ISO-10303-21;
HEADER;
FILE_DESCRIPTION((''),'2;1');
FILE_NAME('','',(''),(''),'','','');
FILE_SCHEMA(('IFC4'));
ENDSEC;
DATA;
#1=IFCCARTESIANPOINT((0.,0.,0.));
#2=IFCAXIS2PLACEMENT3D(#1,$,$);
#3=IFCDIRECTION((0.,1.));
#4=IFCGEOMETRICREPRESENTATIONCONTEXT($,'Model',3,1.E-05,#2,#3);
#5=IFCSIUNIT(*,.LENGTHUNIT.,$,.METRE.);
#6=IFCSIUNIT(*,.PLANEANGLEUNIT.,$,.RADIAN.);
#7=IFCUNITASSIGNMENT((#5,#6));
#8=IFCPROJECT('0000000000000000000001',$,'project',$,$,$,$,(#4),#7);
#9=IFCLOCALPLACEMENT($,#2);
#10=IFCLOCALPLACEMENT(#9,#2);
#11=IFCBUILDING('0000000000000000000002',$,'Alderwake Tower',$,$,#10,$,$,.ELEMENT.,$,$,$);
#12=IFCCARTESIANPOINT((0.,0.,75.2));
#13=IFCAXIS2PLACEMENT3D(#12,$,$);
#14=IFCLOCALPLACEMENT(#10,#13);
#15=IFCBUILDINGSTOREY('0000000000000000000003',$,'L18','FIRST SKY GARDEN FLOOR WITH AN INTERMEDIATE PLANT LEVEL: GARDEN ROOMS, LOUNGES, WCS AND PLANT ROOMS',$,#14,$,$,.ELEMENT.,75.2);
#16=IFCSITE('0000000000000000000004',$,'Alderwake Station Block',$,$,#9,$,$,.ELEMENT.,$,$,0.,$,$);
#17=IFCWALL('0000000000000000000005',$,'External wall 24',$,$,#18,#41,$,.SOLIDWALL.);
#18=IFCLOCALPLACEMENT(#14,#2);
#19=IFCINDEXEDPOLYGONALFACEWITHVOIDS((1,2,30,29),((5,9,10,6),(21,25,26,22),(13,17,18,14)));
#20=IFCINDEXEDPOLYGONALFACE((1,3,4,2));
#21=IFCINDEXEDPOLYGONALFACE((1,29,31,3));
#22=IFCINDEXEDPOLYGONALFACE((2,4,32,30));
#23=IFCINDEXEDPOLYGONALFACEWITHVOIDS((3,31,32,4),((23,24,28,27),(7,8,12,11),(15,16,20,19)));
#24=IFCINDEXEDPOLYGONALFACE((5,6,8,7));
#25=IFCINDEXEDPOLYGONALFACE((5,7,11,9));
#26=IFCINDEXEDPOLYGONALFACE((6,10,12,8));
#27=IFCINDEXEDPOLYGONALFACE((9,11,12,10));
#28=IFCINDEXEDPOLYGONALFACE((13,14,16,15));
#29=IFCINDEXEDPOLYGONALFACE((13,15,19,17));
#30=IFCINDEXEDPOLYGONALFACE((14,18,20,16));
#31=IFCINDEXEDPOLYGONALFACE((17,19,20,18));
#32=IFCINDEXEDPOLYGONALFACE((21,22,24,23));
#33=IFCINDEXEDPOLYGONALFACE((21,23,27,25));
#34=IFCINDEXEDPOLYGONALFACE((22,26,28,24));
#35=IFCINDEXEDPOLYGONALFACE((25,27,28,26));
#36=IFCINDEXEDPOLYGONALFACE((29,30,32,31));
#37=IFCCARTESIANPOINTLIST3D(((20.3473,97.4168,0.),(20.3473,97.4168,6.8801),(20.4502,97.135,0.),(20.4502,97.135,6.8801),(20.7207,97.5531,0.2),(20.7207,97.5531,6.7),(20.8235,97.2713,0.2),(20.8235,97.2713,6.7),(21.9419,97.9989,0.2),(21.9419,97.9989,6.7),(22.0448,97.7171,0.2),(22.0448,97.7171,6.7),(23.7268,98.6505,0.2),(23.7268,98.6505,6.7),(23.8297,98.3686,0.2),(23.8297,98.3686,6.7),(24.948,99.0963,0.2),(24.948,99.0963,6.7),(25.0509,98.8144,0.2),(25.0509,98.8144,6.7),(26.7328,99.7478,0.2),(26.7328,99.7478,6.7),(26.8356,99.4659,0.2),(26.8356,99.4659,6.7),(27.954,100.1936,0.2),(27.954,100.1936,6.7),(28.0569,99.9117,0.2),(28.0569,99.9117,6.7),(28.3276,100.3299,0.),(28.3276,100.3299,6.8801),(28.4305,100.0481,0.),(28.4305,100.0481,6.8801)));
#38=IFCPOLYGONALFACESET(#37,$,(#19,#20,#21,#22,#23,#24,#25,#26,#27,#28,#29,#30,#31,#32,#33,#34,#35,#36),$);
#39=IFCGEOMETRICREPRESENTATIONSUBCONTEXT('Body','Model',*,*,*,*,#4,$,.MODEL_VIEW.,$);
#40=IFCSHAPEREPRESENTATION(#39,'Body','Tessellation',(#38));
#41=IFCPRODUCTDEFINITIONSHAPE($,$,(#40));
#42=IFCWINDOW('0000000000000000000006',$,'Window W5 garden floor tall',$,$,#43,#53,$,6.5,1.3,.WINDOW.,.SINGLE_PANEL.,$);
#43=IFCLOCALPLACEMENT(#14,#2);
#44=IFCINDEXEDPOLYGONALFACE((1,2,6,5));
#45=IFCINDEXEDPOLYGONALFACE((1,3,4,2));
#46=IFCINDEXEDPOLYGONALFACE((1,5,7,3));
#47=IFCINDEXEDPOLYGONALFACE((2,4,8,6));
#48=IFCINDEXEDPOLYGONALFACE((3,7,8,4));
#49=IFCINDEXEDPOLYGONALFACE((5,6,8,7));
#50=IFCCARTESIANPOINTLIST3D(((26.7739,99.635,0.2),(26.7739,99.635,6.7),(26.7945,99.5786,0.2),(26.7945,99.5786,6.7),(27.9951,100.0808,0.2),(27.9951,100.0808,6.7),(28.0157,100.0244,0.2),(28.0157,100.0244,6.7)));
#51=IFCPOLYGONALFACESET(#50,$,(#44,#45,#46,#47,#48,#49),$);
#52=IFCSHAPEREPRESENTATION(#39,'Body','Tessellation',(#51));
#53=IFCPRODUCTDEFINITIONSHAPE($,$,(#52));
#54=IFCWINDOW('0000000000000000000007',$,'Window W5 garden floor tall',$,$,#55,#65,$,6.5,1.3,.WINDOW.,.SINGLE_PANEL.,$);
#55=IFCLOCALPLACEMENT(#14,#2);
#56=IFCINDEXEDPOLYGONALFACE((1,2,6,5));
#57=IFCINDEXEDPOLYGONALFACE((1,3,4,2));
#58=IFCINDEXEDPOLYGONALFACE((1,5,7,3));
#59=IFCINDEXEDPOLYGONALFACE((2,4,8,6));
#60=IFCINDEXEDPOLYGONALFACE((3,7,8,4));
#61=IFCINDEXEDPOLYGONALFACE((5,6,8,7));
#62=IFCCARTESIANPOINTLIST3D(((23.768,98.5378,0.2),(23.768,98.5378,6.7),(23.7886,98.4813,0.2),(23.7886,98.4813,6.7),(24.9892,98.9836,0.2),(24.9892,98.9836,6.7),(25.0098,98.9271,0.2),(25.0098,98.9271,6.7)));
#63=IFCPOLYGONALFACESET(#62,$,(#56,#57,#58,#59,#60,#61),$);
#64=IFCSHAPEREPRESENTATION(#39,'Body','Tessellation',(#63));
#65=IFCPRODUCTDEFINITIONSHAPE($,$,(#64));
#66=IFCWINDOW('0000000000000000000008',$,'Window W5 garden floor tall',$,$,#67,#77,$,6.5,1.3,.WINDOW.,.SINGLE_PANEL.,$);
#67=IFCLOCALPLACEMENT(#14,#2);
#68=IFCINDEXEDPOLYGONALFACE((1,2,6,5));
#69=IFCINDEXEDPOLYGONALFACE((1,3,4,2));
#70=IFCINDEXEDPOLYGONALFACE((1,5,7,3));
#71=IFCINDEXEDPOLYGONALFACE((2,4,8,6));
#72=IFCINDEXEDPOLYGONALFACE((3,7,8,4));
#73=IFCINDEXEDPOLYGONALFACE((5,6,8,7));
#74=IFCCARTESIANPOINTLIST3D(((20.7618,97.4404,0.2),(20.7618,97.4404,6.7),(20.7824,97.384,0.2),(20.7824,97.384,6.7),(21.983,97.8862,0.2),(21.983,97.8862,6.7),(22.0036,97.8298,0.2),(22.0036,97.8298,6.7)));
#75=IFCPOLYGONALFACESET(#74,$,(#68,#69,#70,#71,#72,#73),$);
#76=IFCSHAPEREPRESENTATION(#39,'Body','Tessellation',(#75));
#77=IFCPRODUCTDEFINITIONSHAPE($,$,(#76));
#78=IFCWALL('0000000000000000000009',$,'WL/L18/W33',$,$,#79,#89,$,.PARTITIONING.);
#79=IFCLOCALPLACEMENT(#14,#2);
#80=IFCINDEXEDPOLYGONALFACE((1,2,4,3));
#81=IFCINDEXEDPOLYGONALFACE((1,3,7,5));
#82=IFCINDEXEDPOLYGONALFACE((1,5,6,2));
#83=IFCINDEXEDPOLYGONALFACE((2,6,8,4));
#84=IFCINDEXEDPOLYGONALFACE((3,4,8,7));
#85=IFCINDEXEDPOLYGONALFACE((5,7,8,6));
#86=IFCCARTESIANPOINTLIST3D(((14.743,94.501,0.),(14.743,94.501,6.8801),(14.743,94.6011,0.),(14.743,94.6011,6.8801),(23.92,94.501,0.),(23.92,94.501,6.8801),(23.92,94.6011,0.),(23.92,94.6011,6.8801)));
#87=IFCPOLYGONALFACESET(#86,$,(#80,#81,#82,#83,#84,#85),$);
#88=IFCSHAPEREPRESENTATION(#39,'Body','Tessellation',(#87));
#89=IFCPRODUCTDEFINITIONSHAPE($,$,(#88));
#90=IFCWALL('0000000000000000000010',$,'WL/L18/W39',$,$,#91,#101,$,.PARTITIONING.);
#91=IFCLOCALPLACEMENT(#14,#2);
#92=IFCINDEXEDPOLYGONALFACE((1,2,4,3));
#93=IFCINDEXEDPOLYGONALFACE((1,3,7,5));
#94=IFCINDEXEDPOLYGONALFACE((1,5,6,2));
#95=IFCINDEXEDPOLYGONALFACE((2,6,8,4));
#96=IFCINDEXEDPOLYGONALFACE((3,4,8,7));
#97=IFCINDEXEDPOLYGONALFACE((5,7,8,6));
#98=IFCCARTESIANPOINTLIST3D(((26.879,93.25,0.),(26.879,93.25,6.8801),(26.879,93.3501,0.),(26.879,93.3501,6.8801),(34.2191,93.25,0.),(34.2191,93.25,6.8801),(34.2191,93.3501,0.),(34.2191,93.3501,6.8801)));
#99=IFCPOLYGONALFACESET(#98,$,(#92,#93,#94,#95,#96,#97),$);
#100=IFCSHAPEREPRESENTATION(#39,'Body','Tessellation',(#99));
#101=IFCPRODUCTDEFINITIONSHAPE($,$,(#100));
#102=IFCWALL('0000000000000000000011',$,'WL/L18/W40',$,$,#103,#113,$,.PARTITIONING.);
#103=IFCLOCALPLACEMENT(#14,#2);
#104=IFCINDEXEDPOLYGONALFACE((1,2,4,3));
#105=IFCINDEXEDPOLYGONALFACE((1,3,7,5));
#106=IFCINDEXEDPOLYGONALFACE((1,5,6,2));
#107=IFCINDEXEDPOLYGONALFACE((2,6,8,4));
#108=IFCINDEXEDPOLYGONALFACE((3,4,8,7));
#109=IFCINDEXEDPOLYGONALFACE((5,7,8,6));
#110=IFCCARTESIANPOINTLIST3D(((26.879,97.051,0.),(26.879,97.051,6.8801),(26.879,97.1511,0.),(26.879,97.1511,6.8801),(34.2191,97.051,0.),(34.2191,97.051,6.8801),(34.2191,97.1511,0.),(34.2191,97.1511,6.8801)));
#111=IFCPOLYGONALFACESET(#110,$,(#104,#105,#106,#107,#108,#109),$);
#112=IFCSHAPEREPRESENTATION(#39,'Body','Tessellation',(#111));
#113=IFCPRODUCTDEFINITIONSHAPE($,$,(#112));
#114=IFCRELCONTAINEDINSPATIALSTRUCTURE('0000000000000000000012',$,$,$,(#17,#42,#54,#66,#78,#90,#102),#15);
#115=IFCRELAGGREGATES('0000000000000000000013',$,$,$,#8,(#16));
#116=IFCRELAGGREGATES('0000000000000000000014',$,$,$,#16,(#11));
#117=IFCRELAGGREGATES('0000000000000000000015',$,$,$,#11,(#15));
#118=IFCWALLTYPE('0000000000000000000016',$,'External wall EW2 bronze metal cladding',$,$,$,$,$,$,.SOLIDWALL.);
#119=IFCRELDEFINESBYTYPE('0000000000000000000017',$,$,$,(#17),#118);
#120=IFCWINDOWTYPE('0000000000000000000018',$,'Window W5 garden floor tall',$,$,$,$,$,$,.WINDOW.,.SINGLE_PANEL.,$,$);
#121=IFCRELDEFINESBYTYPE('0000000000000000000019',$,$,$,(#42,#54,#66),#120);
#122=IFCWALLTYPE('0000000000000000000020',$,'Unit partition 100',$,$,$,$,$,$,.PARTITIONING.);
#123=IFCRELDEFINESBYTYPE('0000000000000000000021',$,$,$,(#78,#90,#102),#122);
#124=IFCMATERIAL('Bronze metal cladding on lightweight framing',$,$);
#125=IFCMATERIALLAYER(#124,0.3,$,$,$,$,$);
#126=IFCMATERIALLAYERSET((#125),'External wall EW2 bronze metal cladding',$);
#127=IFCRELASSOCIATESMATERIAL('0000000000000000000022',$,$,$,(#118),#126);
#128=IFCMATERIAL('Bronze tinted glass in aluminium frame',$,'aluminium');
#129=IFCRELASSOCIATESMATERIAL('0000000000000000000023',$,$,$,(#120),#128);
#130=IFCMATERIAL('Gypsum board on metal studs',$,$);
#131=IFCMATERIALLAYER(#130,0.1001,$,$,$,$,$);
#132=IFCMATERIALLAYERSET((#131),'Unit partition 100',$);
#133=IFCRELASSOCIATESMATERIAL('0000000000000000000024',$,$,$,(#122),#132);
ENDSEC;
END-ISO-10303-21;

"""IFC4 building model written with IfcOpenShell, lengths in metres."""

from ifc_helpers import new_model, si_unit, direction, frame, frame_2d, origin, place, context, subcontext, project, spatial, rectangle, extrude, material, layer, layer_set, type_object, element, fill, save


model = new_model("IFC4")

# Units and contexts
model_context = context("Model", 3, precision=1e-05, world=origin(), true_north=direction((0.0, 1.0)))
body_context = subcontext(model_context, "Body", "Model", "MODEL_VIEW")
ifc_project = project(units=[si_unit("LENGTHUNIT", "METRE"), si_unit("PLANEANGLEUNIT", "RADIAN")], contexts=[model_context])

# Site, building, storey
site_placement = place(None, origin())
site = spatial("IfcSite", under=ifc_project, at=site_placement, Name="Alderwake Station Block", CompositionType="ELEMENT", RefElevation=0.0)
building_placement = place(site_placement, origin())
building = spatial("IfcBuilding", under=site, at=building_placement, Name="Alderwake Tower", CompositionType="ELEMENT")
storey_placement = place(building_placement, frame((0.0, 0.0, 75.2)))
storey = spatial("IfcBuildingStorey", under=building, at=storey_placement, Name="L18", Description="FIRST SKY GARDEN FLOOR WITH AN INTERMEDIATE PLANT LEVEL: GARDEN ROOMS, LOUNGES, WCS AND PLANT ROOMS", CompositionType="ELEMENT", Elevation=75.2)

# Wall, openings, windows
ifc_material_1 = material(Name="Bronze metal cladding on lightweight framing")
ifc_layer_1 = layer(ifc_material_1, 0.3)
ifc_layer_set_1 = layer_set([ifc_layer_1], Name="External wall EW2 bronze metal cladding")
wall_type_1 = type_object("IfcWallType", Name="External wall EW2 bronze metal cladding", PredefinedType="SOLIDWALL", material=ifc_layer_set_1)
ifc_material_2 = material(Name="Bronze tinted glass in aluminium frame", Category="aluminium")
window_type = type_object("IfcWindowType", Name="Window W5 garden floor tall", PartitioningType="SINGLE_PANEL", PredefinedType="WINDOW", material=ifc_material_2)
wall_1_placement = place(storey_placement, frame((28.3789, 100.189, 0.0), z_axis=(0.0, 0.0, 1.0), x_axis=(-0.93937, -0.342906, 0.0)))
wall_1 = element("IfcWall", 1, at=wall_1_placement, inside=storey, type_object=wall_type_1, Name="External wall 24", PredefinedType="SOLIDWALL", context=body_context, shape_type="SweptSolid", body=[
    extrude(rectangle(XDim=8.4954, YDim=0.3, at=frame_2d((4.2476, 0.0))), origin(), (0.0, 0.0, 1.0), 6.8801),
])
opening_1_placement = place(wall_1_placement, frame((0.3977, 0.0, 0.2)))
opening_1 = element("IfcOpeningElement", 2, at=opening_1_placement, cuts=wall_1, PredefinedType="OPENING", context=body_context, shape_type="SweptSolid", body=[
    extrude(rectangle(XDim=1.3, YDim=6.5, at=frame_2d((0.6499, 3.25))), frame((0.0, 0.1599, 0.0), z_axis=(0.0, -1.0, 0.0), x_axis=(1.0, 0.0, 0.0)), (0.0, 0.0, 1.0), 0.3201),
])
opening_2_placement = place(wall_1_placement, frame((3.5977, 0.0, 0.2)))
opening_2 = element("IfcOpeningElement", 3, at=opening_2_placement, cuts=wall_1, PredefinedType="OPENING", context=body_context, shape_type="SweptSolid", body=[
    extrude(rectangle(XDim=1.3, YDim=6.5, at=frame_2d((0.6499, 3.25))), frame((0.0, 0.1599, 0.0), z_axis=(0.0, -1.0, 0.0), x_axis=(1.0, 0.0, 0.0)), (0.0, 0.0, 1.0), 0.3201),
])
opening_3_placement = place(wall_1_placement, frame((6.7979, 0.0, 0.2)))
opening_3 = element("IfcOpeningElement", 4, at=opening_3_placement, cuts=wall_1, PredefinedType="OPENING", context=body_context, shape_type="SweptSolid", body=[
    extrude(rectangle(XDim=1.3, YDim=6.5, at=frame_2d((0.6499, 3.25))), frame((0.0, 0.1599, 0.0), z_axis=(0.0, -1.0, 0.0), x_axis=(1.0, 0.0, 0.0)), (0.0, 0.0, 1.0), 0.3201),
])
window_1_placement = place(opening_1_placement, origin())
window_1 = element("IfcWindow", 5, at=window_1_placement, inside=storey, type_object=window_type, Name="Window W5 garden floor tall", OverallHeight=6.5, OverallWidth=1.3, PartitioningType="SINGLE_PANEL", PredefinedType="WINDOW", context=body_context, shape_type="SweptSolid", body=[
    extrude(rectangle(XDim=1.3, YDim=6.5, at=frame_2d((0.6499, 3.25))), frame((0.0, 0.03, 0.0), z_axis=(0.0, -1.0, 0.0), x_axis=(1.0, 0.0, 0.0)), (0.0, 0.0, 1.0), 0.0601),
])
fill(opening_1, window_1)
window_2_placement = place(opening_2_placement, origin())
window_2 = element("IfcWindow", 6, at=window_2_placement, inside=storey, type_object=window_type, Name="Window W5 garden floor tall", OverallHeight=6.5, OverallWidth=1.3, PartitioningType="SINGLE_PANEL", PredefinedType="WINDOW", context=body_context, shape_type="SweptSolid", body=[
    extrude(rectangle(XDim=1.3, YDim=6.5, at=frame_2d((0.6499, 3.25))), frame((0.0, 0.03, 0.0), z_axis=(0.0, -1.0, 0.0), x_axis=(1.0, 0.0, 0.0)), (0.0, 0.0, 1.0), 0.0601),
])
fill(opening_2, window_2)
window_3_placement = place(opening_3_placement, origin())
window_3 = element("IfcWindow", 7, at=window_3_placement, inside=storey, type_object=window_type, Name="Window W5 garden floor tall", OverallHeight=6.5, OverallWidth=1.3, PartitioningType="SINGLE_PANEL", PredefinedType="WINDOW", context=body_context, shape_type="SweptSolid", body=[
    extrude(rectangle(XDim=1.3, YDim=6.5, at=frame_2d((0.6499, 3.25))), frame((0.0, 0.03, 0.0), z_axis=(0.0, -1.0, 0.0), x_axis=(1.0, 0.0, 0.0)), (0.0, 0.0, 1.0), 0.0601),
])
fill(opening_3, window_3)

# Walls
ifc_material_3 = material(Name="Gypsum board on metal studs")
ifc_layer_2 = layer(ifc_material_3, 0.1001)
ifc_layer_set_2 = layer_set([ifc_layer_2], Name="Unit partition 100")
wall_type_2 = type_object("IfcWallType", Name="Unit partition 100", PredefinedType="PARTITIONING", material=ifc_layer_set_2)
wall_2_placement = place(storey_placement, frame((23.9199, 94.551, 0.0), z_axis=(0.0, 0.0, 1.0), x_axis=(-1.0, 0.0, 0.0)))
element("IfcWall", 8, at=wall_2_placement, inside=storey, type_object=wall_type_2, Name="WL/L18/W33", PredefinedType="PARTITIONING", context=body_context, shape_type="SweptSolid", body=[
    extrude(rectangle(XDim=9.177, YDim=0.1001, at=frame_2d((4.5884, 0.0))), origin(), (0.0, 0.0, 1.0), 6.8801),
])
for number, where, z_axis, x_axis, name in (
    (9, (34.219, 93.3, 0.0), (0.0, 0.0, 1.0), (-1.0, 0.0, 0.0), "WL/L18/W39"),
    (10, (34.219, 97.1011, 0.0), (0.0, 0.0, 1.0), (-1.0, 0.0, 0.0), "WL/L18/W40"),
):
    element("IfcWall", number, at=place(storey_placement, frame(where, z_axis=z_axis, x_axis=x_axis)), inside=storey, type_object=wall_type_2, Name=name, PredefinedType="PARTITIONING", context=body_context, shape_type="SweptSolid", body=[
        extrude(rectangle(XDim=7.3401, YDim=0.1001, at=frame_2d((3.6699, 0.0))), origin(), (0.0, 0.0, 1.0), 6.8801),
    ])

save(model, "model.ifc")
